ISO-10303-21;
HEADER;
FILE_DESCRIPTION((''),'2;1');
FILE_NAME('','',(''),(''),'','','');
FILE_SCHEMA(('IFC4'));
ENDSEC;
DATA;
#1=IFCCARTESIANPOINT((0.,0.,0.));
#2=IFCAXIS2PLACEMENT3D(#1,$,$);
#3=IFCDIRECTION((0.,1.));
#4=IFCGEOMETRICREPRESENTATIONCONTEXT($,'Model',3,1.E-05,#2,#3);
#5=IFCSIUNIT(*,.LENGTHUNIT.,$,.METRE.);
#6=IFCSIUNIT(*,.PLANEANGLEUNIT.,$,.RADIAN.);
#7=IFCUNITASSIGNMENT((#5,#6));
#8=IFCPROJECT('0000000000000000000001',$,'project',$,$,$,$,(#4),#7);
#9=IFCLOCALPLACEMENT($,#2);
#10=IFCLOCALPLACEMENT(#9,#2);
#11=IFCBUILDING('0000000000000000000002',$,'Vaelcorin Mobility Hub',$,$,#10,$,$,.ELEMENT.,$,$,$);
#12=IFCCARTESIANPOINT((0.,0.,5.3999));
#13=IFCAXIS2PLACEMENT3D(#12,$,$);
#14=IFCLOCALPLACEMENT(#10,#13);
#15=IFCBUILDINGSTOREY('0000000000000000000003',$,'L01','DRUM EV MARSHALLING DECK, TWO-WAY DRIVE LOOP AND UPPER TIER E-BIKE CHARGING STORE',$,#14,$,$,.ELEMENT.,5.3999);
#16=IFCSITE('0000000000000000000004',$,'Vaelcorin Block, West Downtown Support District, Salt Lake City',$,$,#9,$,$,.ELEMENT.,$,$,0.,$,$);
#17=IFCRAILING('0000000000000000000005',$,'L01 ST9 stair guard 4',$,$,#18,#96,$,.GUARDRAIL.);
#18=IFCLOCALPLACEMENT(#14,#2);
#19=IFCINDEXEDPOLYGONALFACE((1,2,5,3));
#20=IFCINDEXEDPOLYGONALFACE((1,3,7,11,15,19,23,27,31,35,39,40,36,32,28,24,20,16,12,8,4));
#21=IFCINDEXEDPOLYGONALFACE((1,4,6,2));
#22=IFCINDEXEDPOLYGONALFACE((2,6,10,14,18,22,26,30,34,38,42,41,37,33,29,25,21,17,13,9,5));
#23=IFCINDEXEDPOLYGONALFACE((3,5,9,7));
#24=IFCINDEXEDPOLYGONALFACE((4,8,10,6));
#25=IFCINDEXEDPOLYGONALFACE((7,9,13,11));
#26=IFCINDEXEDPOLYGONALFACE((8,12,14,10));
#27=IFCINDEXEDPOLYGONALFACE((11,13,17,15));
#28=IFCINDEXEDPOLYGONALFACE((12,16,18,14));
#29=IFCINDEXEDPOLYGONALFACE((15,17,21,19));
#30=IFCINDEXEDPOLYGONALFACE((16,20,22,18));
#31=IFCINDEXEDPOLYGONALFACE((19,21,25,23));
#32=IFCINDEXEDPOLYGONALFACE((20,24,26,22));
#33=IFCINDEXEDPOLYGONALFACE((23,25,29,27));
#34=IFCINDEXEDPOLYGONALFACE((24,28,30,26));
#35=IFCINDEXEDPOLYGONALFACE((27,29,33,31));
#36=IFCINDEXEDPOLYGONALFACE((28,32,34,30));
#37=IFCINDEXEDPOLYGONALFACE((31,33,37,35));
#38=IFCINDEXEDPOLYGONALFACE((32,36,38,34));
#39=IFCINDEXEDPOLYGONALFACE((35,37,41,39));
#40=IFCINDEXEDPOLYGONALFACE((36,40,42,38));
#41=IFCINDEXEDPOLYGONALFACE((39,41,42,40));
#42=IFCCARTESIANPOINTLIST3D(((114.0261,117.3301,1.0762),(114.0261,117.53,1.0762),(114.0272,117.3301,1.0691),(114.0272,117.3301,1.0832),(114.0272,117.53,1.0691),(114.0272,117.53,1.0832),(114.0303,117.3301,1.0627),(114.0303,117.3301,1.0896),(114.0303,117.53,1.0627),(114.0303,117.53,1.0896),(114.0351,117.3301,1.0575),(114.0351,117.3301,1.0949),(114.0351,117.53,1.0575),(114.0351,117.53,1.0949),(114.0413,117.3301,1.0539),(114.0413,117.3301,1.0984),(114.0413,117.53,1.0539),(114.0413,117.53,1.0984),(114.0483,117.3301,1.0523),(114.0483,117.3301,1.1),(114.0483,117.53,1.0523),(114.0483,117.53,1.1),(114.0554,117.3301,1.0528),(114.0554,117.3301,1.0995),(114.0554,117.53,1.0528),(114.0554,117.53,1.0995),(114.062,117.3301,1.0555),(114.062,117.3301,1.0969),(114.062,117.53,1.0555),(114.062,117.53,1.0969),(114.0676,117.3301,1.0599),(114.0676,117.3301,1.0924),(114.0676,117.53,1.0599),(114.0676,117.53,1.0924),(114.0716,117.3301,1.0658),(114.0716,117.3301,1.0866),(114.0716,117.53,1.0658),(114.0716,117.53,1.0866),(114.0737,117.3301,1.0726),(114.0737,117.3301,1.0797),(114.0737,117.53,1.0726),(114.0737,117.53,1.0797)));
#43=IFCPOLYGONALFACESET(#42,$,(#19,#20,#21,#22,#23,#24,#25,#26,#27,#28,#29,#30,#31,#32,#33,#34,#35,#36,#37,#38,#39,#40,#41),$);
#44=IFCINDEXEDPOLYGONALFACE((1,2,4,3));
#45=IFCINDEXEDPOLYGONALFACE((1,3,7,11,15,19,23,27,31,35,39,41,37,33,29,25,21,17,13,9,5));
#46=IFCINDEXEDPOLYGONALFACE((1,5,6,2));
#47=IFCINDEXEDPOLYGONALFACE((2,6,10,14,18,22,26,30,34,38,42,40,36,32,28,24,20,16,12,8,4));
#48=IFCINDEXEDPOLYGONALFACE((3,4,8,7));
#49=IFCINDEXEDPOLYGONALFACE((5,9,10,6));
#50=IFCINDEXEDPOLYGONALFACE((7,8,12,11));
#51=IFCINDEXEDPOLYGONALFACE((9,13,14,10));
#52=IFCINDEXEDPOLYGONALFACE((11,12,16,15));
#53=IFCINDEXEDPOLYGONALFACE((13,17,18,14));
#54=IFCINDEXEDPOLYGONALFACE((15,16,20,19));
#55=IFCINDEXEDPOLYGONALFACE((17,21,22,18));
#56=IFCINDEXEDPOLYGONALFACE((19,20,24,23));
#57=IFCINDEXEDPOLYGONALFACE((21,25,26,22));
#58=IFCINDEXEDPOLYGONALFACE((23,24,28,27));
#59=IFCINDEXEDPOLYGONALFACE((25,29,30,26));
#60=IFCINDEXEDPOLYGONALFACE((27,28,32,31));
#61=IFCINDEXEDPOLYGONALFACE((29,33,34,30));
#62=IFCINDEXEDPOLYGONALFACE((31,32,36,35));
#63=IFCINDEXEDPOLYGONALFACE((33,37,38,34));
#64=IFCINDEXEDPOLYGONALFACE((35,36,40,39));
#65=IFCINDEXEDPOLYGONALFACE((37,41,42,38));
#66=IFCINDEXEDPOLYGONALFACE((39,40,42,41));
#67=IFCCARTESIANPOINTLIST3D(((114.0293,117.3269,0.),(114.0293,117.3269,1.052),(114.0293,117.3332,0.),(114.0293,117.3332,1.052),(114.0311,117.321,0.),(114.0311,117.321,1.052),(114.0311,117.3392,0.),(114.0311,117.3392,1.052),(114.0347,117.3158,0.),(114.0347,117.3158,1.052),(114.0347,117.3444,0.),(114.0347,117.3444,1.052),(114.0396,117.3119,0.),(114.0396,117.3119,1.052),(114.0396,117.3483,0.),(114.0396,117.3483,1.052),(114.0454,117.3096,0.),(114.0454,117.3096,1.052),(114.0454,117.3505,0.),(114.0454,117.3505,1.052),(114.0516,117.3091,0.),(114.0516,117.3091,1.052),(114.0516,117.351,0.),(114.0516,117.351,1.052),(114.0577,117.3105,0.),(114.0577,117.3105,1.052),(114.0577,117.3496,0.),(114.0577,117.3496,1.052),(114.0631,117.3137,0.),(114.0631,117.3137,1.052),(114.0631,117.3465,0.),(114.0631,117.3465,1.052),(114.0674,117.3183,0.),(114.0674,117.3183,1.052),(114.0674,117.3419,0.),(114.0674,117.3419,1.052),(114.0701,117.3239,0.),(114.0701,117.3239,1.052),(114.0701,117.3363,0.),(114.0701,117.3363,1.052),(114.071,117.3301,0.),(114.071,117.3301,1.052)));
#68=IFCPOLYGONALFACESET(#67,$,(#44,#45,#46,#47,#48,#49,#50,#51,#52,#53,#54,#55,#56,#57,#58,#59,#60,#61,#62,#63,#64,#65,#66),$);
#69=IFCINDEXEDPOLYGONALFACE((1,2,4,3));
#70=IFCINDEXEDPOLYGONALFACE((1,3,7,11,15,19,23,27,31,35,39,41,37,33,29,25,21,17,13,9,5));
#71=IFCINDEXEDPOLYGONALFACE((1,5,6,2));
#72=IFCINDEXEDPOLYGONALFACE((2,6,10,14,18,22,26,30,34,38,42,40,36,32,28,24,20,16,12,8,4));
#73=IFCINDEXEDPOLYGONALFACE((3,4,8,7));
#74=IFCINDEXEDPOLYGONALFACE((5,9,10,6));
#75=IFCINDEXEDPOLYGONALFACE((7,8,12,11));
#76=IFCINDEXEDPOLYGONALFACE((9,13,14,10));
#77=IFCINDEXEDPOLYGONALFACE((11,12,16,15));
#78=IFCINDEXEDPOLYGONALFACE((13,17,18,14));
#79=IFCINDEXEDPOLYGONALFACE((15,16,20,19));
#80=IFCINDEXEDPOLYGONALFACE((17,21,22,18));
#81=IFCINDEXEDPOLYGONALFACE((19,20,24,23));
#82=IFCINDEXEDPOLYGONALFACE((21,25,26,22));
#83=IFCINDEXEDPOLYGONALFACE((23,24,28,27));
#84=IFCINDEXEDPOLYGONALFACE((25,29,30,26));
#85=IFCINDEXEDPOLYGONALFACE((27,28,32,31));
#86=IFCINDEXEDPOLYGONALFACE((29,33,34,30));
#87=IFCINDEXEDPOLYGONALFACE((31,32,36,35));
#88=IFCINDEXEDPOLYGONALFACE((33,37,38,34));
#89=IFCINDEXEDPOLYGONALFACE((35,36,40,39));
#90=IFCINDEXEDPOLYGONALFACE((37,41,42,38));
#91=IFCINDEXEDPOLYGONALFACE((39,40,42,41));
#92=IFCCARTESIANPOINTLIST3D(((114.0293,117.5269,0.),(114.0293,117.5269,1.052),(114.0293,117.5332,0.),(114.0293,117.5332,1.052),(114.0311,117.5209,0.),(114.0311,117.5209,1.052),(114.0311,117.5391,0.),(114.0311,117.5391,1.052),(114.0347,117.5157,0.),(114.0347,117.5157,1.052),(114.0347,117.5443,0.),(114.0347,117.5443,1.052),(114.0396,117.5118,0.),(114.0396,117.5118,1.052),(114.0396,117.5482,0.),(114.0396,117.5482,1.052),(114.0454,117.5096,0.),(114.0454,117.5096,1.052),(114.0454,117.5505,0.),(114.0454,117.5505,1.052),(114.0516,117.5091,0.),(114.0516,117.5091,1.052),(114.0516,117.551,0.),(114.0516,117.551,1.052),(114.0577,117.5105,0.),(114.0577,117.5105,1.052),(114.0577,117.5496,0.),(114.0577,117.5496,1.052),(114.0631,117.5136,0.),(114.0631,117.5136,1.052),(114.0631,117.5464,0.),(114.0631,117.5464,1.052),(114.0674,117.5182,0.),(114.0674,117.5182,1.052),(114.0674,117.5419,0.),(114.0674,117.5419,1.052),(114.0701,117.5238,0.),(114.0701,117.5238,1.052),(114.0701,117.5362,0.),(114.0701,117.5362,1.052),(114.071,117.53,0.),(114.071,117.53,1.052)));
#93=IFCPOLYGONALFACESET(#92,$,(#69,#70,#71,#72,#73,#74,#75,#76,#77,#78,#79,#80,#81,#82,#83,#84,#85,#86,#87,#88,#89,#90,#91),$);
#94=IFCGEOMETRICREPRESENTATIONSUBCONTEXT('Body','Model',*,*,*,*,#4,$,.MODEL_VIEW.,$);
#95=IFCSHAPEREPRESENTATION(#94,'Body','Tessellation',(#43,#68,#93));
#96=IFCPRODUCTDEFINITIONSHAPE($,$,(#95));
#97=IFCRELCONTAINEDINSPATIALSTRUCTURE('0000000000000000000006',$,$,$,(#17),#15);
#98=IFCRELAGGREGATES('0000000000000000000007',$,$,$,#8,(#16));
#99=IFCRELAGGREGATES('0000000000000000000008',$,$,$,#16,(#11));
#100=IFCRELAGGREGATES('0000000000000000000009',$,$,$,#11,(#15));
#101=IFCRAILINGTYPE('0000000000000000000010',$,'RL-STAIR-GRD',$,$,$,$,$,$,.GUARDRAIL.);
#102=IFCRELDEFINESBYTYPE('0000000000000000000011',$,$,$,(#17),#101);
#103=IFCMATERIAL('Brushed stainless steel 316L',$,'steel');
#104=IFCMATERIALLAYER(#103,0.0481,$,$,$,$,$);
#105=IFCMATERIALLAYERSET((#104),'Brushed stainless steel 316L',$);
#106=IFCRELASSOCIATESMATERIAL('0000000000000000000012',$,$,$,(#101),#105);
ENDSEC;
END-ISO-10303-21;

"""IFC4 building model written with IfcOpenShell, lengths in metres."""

from ifc_helpers import new_model, si_unit, direction, frame, origin, origin_2d, place, context, subcontext, project, spatial, circle, extrude, material, layer, layer_set, type_object, element, save


model = new_model("IFC4")

# Units and contexts
model_context = context("Model", 3, precision=1e-05, world=origin(), true_north=direction((0.0, 1.0)))
body_context = subcontext(model_context, "Body", "Model", "MODEL_VIEW")
ifc_project = project(units=[si_unit("LENGTHUNIT", "METRE"), si_unit("PLANEANGLEUNIT", "RADIAN")], contexts=[model_context])

# Site, building, storey
site_placement = place(None, origin())
site = spatial("IfcSite", under=ifc_project, at=site_placement, Name="Vaelcorin Block, West Downtown Support District, Salt Lake City", CompositionType="ELEMENT", RefElevation=0.0)
building_placement = place(site_placement, origin())
building = spatial("IfcBuilding", under=site, at=building_placement, Name="Vaelcorin Mobility Hub", CompositionType="ELEMENT")
storey_placement = place(building_placement, frame((0.0, 0.0, 5.3999)))
storey = spatial("IfcBuildingStorey", under=building, at=storey_placement, Name="L01", Description="DRUM EV MARSHALLING DECK, TWO-WAY DRIVE LOOP AND UPPER TIER E-BIKE CHARGING STORE", CompositionType="ELEMENT", Elevation=5.3999)

# Railing
ifc_material_1 = material(Name="Brushed stainless steel 316L", Category="steel")
ifc_layer_1 = layer(ifc_material_1, 0.0481)
ifc_layer_set_1 = layer_set([ifc_layer_1], Name="Brushed stainless steel 316L")
railing_type_1 = type_object("IfcRailingType", Name="RL-STAIR-GRD", PredefinedType="GUARDRAIL", material=ifc_layer_set_1)
railing_1_placement = place(storey_placement, frame((114.05, 117.3301, 0.0)))
element("IfcRailing", 1, at=railing_1_placement, inside=storey, type_object=railing_type_1, Name="L01 ST9 stair guard 4", PredefinedType="GUARDRAIL", context=body_context, shape_type="SweptSolid", body=[
    extrude(circle(Radius=0.0239, at=origin_2d()), frame((0.0, 0.0, 1.0762), z_axis=(0.0, 1.0, 0.0), x_axis=(-1.0, 0.0, 0.0)), (0.0, 0.0, 1.0), 0.2),
    extrude(circle(Radius=0.021, at=origin_2d()), origin(), (0.0, 0.0, 1.0), 1.052),
    extrude(circle(Radius=0.021, at=origin_2d()), frame((0.0, 0.2, 0.0)), (0.0, 0.0, 1.0), 1.052),
])

save(model, "model.ifc")
